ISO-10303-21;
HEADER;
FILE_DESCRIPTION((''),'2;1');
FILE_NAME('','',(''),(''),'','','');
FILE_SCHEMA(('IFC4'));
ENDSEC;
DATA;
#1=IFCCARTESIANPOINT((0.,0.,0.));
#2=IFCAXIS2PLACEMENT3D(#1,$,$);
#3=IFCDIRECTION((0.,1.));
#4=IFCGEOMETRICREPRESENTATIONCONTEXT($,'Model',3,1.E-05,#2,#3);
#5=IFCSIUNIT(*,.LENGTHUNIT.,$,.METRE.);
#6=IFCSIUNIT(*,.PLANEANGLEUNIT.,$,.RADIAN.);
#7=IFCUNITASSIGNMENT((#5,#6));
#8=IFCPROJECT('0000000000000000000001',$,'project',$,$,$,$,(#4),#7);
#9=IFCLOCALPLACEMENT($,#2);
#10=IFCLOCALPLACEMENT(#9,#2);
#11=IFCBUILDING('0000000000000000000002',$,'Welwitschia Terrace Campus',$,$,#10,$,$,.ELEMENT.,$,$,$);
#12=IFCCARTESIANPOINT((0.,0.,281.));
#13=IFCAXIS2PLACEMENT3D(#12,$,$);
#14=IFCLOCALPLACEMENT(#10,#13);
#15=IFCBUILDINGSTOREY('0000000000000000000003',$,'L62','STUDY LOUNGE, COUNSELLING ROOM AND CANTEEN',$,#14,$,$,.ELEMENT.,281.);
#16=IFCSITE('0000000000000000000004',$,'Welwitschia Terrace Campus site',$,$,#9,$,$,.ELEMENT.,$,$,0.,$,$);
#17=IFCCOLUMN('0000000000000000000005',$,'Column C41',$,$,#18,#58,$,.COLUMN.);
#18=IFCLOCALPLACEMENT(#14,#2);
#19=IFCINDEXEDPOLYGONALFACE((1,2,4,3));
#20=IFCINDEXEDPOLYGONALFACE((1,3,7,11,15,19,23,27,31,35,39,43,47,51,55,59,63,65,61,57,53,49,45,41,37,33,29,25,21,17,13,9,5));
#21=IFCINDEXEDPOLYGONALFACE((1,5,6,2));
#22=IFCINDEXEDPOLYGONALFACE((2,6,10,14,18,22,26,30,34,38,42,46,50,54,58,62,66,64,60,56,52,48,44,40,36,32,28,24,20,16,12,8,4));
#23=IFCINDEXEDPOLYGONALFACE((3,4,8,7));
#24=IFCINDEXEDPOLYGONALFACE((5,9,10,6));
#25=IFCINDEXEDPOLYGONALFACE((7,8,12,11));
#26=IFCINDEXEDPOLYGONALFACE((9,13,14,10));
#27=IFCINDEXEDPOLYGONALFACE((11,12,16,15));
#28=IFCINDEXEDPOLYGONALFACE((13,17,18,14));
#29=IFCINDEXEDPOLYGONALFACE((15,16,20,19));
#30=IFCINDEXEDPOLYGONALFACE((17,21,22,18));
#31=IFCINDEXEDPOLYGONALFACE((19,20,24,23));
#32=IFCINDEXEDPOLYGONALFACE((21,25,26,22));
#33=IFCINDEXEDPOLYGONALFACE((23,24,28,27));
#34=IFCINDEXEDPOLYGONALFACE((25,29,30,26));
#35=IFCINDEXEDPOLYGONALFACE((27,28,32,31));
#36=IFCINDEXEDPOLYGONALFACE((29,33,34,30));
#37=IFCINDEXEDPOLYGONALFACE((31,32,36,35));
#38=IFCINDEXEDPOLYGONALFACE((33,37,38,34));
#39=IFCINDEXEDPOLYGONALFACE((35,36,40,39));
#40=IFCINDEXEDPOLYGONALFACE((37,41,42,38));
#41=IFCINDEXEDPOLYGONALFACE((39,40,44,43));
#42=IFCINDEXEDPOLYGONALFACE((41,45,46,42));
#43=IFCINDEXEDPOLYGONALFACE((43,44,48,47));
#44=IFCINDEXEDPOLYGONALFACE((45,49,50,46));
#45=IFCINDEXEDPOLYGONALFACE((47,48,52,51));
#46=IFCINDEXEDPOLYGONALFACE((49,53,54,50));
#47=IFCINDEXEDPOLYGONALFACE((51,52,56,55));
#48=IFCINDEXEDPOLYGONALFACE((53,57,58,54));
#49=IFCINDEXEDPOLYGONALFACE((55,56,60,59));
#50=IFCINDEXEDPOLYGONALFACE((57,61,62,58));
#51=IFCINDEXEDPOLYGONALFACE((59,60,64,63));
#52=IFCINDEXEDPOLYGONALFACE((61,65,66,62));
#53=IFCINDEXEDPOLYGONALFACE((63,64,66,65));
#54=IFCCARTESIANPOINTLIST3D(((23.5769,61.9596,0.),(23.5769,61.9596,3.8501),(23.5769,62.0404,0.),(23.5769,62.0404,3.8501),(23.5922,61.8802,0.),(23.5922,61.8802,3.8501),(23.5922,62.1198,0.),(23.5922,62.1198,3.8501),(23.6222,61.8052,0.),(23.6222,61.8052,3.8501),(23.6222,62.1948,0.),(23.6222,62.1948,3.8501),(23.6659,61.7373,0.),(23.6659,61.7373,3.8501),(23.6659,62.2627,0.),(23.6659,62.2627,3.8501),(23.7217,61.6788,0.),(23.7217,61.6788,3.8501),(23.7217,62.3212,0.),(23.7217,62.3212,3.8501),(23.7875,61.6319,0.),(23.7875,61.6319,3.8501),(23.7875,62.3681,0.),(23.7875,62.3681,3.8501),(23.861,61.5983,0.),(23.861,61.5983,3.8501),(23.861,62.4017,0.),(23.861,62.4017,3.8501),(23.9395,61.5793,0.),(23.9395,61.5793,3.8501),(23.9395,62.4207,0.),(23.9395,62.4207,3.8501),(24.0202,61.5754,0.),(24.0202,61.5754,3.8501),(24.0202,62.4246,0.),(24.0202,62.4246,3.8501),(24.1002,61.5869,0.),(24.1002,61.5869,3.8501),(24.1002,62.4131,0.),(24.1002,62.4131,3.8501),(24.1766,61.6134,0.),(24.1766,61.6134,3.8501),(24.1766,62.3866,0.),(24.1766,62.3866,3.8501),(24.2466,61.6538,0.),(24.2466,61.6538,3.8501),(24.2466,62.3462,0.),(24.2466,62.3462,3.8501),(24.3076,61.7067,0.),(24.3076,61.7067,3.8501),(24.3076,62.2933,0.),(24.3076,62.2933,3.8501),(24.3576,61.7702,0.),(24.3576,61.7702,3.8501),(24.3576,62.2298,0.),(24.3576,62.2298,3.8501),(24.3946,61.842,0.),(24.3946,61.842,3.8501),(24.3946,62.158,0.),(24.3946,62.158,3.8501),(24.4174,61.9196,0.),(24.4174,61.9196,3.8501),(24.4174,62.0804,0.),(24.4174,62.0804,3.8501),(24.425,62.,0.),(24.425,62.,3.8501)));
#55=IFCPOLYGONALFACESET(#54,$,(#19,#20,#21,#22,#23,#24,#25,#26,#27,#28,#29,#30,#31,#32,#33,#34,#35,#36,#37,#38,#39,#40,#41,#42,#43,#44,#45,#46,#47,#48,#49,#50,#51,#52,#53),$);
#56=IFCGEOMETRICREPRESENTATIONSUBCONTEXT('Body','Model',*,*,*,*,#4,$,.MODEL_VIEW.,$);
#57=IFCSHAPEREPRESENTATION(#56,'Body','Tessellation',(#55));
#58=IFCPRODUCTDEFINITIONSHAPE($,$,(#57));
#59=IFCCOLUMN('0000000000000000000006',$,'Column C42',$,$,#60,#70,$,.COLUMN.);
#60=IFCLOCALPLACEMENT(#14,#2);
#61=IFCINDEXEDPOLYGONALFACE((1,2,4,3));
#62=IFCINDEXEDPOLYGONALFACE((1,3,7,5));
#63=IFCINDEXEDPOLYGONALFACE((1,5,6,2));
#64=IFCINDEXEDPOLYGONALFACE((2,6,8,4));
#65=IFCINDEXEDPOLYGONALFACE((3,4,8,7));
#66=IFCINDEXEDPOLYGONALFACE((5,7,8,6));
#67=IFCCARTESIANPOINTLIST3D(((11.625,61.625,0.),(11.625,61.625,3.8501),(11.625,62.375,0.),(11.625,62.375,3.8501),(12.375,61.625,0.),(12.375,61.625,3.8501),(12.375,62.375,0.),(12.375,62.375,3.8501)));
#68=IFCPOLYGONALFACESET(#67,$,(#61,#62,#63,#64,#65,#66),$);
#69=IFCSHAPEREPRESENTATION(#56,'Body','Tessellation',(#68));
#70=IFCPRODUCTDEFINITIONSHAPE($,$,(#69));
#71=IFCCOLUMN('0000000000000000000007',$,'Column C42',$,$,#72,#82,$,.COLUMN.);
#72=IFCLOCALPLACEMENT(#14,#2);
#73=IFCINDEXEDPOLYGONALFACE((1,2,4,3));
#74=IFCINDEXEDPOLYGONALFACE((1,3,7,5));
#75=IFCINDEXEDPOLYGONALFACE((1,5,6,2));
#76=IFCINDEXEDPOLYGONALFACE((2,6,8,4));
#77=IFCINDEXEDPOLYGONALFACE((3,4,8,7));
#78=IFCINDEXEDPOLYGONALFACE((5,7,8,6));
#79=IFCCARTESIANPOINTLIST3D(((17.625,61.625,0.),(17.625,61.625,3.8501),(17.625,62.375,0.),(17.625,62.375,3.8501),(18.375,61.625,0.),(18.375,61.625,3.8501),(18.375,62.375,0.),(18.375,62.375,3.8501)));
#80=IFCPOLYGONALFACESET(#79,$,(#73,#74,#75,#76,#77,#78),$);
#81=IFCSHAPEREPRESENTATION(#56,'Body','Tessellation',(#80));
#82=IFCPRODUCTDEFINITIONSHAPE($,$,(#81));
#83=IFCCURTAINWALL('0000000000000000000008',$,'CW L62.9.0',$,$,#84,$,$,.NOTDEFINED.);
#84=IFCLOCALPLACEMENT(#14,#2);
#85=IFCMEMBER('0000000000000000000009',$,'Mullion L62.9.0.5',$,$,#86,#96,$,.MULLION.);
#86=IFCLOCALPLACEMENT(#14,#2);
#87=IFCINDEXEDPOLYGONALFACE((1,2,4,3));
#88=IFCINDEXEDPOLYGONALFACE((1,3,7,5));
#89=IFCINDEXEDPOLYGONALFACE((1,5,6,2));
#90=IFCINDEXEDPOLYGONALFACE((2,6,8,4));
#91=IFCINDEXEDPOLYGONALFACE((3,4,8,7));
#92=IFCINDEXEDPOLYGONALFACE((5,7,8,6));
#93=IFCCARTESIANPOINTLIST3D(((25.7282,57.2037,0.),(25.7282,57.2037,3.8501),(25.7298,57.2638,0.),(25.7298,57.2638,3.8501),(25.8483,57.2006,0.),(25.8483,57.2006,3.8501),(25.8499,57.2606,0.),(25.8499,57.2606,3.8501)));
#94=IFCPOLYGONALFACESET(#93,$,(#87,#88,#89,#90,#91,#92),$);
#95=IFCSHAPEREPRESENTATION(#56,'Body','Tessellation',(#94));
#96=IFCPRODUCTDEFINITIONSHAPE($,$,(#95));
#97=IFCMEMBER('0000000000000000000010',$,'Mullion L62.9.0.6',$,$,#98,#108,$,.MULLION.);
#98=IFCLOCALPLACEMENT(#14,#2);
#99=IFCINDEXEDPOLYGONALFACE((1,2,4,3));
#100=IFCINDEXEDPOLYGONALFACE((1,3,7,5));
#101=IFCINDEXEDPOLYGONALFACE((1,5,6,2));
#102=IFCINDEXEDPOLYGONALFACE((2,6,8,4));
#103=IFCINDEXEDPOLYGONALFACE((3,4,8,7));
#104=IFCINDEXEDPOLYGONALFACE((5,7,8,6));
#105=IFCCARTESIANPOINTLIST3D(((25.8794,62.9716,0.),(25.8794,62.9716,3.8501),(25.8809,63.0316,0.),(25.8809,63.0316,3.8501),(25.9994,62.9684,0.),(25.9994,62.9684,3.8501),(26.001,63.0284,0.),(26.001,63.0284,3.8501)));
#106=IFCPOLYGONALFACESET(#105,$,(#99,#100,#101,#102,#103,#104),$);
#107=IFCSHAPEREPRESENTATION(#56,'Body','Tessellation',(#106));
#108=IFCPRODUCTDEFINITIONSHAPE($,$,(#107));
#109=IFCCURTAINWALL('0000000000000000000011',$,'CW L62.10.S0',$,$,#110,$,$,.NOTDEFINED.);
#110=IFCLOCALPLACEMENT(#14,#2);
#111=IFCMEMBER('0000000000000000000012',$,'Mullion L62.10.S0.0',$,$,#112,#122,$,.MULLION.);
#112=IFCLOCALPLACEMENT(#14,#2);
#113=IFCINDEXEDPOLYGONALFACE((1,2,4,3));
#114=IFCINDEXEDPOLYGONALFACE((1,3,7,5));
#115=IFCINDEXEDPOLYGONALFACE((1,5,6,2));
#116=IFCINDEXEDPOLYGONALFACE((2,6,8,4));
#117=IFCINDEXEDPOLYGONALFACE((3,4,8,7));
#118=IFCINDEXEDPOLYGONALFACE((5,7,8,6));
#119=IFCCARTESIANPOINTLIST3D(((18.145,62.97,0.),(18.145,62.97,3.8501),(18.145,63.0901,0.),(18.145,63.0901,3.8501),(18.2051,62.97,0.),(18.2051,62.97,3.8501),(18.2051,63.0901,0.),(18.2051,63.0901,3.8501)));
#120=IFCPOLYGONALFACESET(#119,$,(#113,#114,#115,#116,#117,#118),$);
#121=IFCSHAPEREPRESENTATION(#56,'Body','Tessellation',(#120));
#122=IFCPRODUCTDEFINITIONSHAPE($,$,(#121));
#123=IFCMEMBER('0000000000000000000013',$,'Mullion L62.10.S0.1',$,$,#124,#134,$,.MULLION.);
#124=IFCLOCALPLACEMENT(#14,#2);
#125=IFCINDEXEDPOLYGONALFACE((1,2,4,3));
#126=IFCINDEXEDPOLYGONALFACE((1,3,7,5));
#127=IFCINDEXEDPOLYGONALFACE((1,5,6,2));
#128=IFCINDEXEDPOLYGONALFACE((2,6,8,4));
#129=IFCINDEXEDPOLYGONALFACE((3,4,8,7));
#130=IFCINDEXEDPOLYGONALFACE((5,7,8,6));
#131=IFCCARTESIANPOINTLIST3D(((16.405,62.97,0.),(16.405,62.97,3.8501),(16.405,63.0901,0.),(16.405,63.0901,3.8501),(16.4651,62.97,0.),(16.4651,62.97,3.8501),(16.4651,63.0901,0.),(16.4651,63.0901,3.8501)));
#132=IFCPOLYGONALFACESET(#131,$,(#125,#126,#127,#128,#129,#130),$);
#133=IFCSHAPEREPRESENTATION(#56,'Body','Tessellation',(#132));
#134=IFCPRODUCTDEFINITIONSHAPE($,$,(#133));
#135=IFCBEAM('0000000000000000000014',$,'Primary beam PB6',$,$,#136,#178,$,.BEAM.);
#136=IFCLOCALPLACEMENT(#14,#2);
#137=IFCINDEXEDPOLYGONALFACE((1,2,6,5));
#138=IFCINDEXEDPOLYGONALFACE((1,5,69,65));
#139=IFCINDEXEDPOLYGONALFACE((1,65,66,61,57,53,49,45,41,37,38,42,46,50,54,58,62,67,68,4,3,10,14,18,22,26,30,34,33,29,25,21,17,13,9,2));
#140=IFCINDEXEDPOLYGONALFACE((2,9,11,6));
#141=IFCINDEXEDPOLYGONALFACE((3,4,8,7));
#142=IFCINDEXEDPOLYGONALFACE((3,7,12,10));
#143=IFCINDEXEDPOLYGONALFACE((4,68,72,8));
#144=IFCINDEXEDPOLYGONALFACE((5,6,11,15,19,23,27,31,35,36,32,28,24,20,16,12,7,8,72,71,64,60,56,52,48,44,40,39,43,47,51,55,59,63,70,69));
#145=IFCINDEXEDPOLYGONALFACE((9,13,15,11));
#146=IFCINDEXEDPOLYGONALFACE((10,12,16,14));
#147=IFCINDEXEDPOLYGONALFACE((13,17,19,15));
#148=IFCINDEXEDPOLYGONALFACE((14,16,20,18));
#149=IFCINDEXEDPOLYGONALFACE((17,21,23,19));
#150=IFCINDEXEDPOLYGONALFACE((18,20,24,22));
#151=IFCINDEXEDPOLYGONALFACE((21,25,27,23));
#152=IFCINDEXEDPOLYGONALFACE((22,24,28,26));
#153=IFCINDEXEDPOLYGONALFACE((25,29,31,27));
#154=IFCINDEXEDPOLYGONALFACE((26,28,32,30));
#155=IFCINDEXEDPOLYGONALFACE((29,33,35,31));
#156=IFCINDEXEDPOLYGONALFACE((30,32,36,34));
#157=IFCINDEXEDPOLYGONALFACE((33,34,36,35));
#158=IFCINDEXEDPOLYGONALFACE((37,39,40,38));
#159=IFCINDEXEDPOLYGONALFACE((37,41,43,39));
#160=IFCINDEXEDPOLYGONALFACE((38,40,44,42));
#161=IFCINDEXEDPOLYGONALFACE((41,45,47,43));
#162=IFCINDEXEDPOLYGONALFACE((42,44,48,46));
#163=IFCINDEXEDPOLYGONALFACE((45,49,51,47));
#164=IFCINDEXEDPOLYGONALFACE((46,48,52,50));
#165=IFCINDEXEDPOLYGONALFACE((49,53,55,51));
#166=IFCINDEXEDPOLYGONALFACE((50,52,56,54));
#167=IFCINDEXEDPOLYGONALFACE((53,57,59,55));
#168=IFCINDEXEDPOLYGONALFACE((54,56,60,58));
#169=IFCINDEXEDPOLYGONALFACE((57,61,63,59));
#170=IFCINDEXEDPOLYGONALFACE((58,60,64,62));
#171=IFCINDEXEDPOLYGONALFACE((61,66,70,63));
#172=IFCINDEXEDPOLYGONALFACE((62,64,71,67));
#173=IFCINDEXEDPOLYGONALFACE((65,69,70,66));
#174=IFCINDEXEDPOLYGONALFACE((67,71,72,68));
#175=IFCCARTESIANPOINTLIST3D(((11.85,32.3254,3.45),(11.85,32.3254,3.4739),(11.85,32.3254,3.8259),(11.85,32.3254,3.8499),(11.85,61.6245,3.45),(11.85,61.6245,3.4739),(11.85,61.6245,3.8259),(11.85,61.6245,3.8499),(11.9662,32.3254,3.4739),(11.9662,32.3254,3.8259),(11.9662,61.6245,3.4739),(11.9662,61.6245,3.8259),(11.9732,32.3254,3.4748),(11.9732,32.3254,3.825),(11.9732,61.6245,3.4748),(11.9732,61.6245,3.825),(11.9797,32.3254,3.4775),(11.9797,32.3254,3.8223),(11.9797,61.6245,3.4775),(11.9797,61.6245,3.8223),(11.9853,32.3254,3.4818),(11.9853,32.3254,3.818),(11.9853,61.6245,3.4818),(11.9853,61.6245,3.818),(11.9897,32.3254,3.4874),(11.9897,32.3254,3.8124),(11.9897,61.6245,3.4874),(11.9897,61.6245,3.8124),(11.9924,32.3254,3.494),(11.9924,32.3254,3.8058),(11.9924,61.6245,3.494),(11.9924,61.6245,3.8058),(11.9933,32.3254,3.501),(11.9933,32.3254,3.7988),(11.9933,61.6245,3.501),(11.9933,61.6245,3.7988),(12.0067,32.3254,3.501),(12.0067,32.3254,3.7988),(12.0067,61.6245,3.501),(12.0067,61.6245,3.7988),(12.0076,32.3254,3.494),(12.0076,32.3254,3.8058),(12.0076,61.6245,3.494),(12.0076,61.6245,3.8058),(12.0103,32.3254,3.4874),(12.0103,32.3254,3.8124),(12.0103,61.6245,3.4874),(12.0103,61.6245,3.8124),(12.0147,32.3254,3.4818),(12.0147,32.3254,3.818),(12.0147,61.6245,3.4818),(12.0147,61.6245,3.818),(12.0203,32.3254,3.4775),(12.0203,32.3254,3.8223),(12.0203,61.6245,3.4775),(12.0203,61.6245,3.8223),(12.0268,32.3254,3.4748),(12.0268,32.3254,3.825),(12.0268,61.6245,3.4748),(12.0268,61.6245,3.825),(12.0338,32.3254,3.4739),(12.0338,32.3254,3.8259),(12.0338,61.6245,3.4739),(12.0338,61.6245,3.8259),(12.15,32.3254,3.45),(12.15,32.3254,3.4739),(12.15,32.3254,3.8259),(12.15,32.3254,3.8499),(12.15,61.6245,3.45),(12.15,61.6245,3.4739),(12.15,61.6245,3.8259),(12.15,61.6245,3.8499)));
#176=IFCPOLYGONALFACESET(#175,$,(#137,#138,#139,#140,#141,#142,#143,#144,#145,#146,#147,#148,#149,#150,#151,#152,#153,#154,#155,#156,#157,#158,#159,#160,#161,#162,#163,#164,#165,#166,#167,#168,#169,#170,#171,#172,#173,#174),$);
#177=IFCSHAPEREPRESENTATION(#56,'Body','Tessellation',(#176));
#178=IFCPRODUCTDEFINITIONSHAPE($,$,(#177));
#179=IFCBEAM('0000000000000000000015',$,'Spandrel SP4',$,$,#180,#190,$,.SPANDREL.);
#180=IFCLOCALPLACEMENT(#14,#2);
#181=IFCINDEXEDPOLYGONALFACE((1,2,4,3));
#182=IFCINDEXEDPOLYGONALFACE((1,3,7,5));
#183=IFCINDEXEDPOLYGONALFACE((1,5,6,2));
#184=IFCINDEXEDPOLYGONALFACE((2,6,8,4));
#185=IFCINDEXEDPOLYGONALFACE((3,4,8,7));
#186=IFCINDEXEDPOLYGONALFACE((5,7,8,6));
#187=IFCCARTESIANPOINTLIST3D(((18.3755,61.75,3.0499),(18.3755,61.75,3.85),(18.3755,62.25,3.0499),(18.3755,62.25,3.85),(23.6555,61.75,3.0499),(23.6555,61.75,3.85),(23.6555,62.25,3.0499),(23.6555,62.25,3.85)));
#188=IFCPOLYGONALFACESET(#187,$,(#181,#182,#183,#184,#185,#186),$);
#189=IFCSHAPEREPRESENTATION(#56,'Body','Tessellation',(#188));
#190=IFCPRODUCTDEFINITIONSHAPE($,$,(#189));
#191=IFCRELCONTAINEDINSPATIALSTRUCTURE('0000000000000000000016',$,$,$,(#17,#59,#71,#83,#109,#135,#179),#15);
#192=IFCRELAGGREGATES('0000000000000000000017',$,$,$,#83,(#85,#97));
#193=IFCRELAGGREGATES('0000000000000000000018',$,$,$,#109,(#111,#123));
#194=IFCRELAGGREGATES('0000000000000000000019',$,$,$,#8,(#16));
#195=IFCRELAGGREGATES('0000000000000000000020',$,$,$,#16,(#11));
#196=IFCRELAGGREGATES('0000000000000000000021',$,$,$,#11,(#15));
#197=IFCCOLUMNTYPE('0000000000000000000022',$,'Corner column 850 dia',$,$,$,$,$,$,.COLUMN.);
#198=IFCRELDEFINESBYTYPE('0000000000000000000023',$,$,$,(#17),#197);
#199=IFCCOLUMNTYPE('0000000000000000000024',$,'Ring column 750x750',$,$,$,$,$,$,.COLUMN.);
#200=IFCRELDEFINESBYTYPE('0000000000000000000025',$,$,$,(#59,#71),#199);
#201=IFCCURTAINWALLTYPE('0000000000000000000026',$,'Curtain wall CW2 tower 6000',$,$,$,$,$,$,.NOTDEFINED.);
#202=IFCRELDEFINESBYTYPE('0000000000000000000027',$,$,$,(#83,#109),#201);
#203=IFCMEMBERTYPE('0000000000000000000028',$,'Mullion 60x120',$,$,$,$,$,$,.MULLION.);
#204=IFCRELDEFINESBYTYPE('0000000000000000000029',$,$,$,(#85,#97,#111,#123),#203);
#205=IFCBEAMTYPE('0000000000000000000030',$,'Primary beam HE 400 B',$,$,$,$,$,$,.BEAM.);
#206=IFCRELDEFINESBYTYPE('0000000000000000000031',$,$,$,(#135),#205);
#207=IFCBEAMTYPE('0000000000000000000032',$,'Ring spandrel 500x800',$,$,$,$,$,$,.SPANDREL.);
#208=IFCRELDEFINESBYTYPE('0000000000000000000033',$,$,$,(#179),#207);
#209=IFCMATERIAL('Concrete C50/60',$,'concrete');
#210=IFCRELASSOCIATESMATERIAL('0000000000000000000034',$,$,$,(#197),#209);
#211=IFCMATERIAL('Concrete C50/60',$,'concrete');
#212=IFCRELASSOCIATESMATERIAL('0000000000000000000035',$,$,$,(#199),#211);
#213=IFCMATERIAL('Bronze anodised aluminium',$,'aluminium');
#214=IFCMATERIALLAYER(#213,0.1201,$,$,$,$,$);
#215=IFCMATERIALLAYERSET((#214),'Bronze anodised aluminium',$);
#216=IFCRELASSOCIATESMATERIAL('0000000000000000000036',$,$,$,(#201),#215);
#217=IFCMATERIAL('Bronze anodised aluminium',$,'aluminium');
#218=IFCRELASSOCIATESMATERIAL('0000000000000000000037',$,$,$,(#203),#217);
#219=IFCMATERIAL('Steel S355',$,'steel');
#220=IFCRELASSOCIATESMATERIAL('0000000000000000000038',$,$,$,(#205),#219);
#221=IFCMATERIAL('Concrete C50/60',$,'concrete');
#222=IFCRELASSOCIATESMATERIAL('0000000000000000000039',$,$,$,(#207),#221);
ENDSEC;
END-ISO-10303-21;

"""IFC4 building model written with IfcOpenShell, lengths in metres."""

from ifc_helpers import new_model, si_unit, direction, frame, origin, origin_2d, place, context, subcontext, project, spatial, rectangle, circle, i_section, extrude, material, layer, layer_set, material_profile, profile_set, type_object, element, aggregate, save


model = new_model("IFC4")

# Units and contexts
model_context = context("Model", 3, precision=1e-05, world=origin(), true_north=direction((0.0, 1.0)))
body_context = subcontext(model_context, "Body", "Model", "MODEL_VIEW")
ifc_project = project(units=[si_unit("LENGTHUNIT", "METRE"), si_unit("PLANEANGLEUNIT", "RADIAN")], contexts=[model_context])

# Site, building, storey
site_placement = place(None, origin())
site = spatial("IfcSite", under=ifc_project, at=site_placement, Name="Welwitschia Terrace Campus site", CompositionType="ELEMENT", RefElevation=0.0)
building_placement = place(site_placement, origin())
building = spatial("IfcBuilding", under=site, at=building_placement, Name="Welwitschia Terrace Campus", CompositionType="ELEMENT")
storey_placement = place(building_placement, frame((0.0, 0.0, 281.0)))
storey = spatial("IfcBuildingStorey", under=building, at=storey_placement, Name="L62", Description="STUDY LOUNGE, COUNSELLING ROOM AND CANTEEN", CompositionType="ELEMENT", Elevation=281.0)

# Columns
ifc_material_1 = material(Name="Concrete C50/60", Category="concrete")
ifc_material_profile_1 = material_profile(ifc_material_1, circle(Radius=0.425, at=origin_2d()))
ifc_profile_set_1 = profile_set([ifc_material_profile_1], Name="Concrete C50/60")
column_type_1 = type_object("IfcColumnType", Name="Corner column 850 dia", PredefinedType="COLUMN", material=ifc_profile_set_1)
column_placement = place(storey_placement, frame((24.0, 62.0, 0.0), z_axis=(0.0, 0.0, 1.0), x_axis=(1.0, 0.0, 0.0)))
element("IfcColumn", 1, at=column_placement, inside=storey, type_object=column_type_1, Name="Column C41", PredefinedType="COLUMN", context=body_context, shape_type="SweptSolid", body=[
    extrude(circle(Radius=0.425, at=origin_2d()), origin(), (0.0, 0.0, 1.0), 3.8501),
])
ifc_material_2 = material(Name="Concrete C50/60", Category="concrete")
ifc_material_profile_2 = material_profile(ifc_material_2, rectangle(XDim=0.75, YDim=0.75, at=origin_2d()))
ifc_profile_set_2 = profile_set([ifc_material_profile_2], Name="Concrete C50/60")
column_type_2 = type_object("IfcColumnType", Name="Ring column 750x750", PredefinedType="COLUMN", material=ifc_profile_set_2)
for number, where, z_axis, x_axis, name in (
    (2, (12.0, 62.0, 0.0), (0.0, 0.0, 1.0), (1.0, 0.0, 0.0), "Column C42"),
    (3, (18.0, 62.0, 0.0), (0.0, 0.0, 1.0), (1.0, 0.0, 0.0), "Column C42"),
):
    element("IfcColumn", number, at=place(storey_placement, frame(where, z_axis=z_axis, x_axis=x_axis)), inside=storey, type_object=column_type_2, Name=name, PredefinedType="COLUMN", context=body_context, shape_type="SweptSolid", body=[
        extrude(rectangle(XDim=0.75, YDim=0.75, at=origin_2d()), origin(), (0.0, 0.0, 1.0), 3.8501),
    ])

# Curtain walls, members
ifc_material_3 = material(Name="Bronze anodised aluminium", Category="aluminium")
ifc_layer_1 = layer(ifc_material_3, 0.1201)
ifc_layer_set_1 = layer_set([ifc_layer_1], Name="Bronze anodised aluminium")
curtain_wall_type = type_object("IfcCurtainWallType", Name="Curtain wall CW2 tower 6000", PredefinedType="NOTDEFINED", material=ifc_layer_set_1)
curtain_wall_1_placement = place(storey_placement, origin())
curtain_wall_1 = element("IfcCurtainWall", 4, at=curtain_wall_1_placement, inside=storey, type_object=curtain_wall_type, Name="CW L62.9.0", PredefinedType="NOTDEFINED")
ifc_material_4 = material(Name="Bronze anodised aluminium", Category="aluminium")
ifc_material_profile_3 = material_profile(ifc_material_4, rectangle(XDim=0.1201, YDim=0.0601, at=origin_2d()))
ifc_profile_set_3 = profile_set([ifc_material_profile_3], Name="Bronze anodised aluminium")
member_type_1 = type_object("IfcMemberType", Name="Mullion 60x120", PredefinedType="MULLION", material=ifc_profile_set_3)
member_1_placement = place(storey_placement, frame((25.7891, 57.2322, 0.0), z_axis=(0.0, 0.0, 1.0), x_axis=(-0.999657, 0.026177, 0.0)))
member_1 = element("IfcMember", 5, at=member_1_placement, type_object=member_type_1, Name="Mullion L62.9.0.5", PredefinedType="MULLION", context=body_context, shape_type="SweptSolid", body=[
    extrude(rectangle(XDim=0.1201, YDim=0.0601, at=origin_2d()), origin(), (0.0, 0.0, 1.0), 3.8501),
])
member_2_placement = place(storey_placement, frame((25.9402, 63.0, 0.0), z_axis=(0.0, 0.0, 1.0), x_axis=(-0.999657, 0.026177, 0.0)))
member_2 = element("IfcMember", 6, at=member_2_placement, type_object=member_type_1, Name="Mullion L62.9.0.6", PredefinedType="MULLION", context=body_context, shape_type="SweptSolid", body=[
    extrude(rectangle(XDim=0.1201, YDim=0.0601, at=origin_2d()), origin(), (0.0, 0.0, 1.0), 3.8501),
])
curtain_wall_2_placement = place(storey_placement, origin())
curtain_wall_2 = element("IfcCurtainWall", 7, at=curtain_wall_2_placement, inside=storey, type_object=curtain_wall_type, Name="CW L62.10.S0", PredefinedType="NOTDEFINED")
member_3_placement = place(storey_placement, frame((18.175, 63.03, 0.0), z_axis=(0.0, 0.0, 1.0), x_axis=(0.0, -1.0, 0.0)))
member_3 = element("IfcMember", 8, at=member_3_placement, type_object=member_type_1, Name="Mullion L62.10.S0.0", PredefinedType="MULLION", context=body_context, shape_type="SweptSolid", body=[
    extrude(rectangle(XDim=0.1201, YDim=0.0601, at=origin_2d()), origin(), (0.0, 0.0, 1.0), 3.8501),
])
member_4_placement = place(storey_placement, frame((16.4351, 63.03, 0.0), z_axis=(0.0, 0.0, 1.0), x_axis=(0.0, -1.0, 0.0)))
member_4 = element("IfcMember", 9, at=member_4_placement, type_object=member_type_1, Name="Mullion L62.10.S0.1", PredefinedType="MULLION", context=body_context, shape_type="SweptSolid", body=[
    extrude(rectangle(XDim=0.1201, YDim=0.0601, at=origin_2d()), origin(), (0.0, 0.0, 1.0), 3.8501),
])

# Beams
ifc_material_5 = material(Name="Steel S355", Category="steel")
ifc_material_profile_4 = material_profile(ifc_material_5, i_section(OverallWidth=0.3, OverallDepth=0.3999, WebThickness=0.0134, FlangeThickness=0.0239, FilletRadius=0.0271, at=origin_2d()))
ifc_profile_set_4 = profile_set([ifc_material_profile_4], Name="Steel S355")
beam_type_1 = type_object("IfcBeamType", Name="Primary beam HE 400 B", PredefinedType="BEAM", material=ifc_profile_set_4)
beam_1_placement = place(storey_placement, frame((12.0, 61.6245, 3.6499), z_axis=(0.0, -1.0, 0.0), x_axis=(1.0, 0.0, 0.0)))
element("IfcBeam", 10, at=beam_1_placement, inside=storey, type_object=beam_type_1, Name="Primary beam PB6", PredefinedType="BEAM", context=body_context, shape_type="SweptSolid", body=[
    extrude(i_section(OverallWidth=0.3, OverallDepth=0.3999, WebThickness=0.0134, FlangeThickness=0.0239, FilletRadius=0.0271, at=origin_2d()), origin(), (0.0, 0.0, 1.0), 29.2991),
])
ifc_material_6 = material(Name="Concrete C50/60", Category="concrete")
ifc_material_profile_5 = material_profile(ifc_material_6, rectangle(XDim=0.5, YDim=0.8, at=origin_2d()))
ifc_profile_set_5 = profile_set([ifc_material_profile_5], Name="Concrete C50/60")
beam_type_2 = type_object("IfcBeamType", Name="Ring spandrel 500x800", PredefinedType="SPANDREL", material=ifc_profile_set_5)
beam_2_placement = place(storey_placement, frame((23.6555, 62.0, 3.45), z_axis=(-1.0, 0.0, 0.0), x_axis=(0.0, -1.0, 0.0)))
element("IfcBeam", 11, at=beam_2_placement, inside=storey, type_object=beam_type_2, Name="Spandrel SP4", PredefinedType="SPANDREL", context=body_context, shape_type="SweptSolid", body=[
    extrude(rectangle(XDim=0.5, YDim=0.8, at=origin_2d()), origin(), (0.0, 0.0, 1.0), 5.28),
])

aggregate(curtain_wall_1, [member_1, member_2])
aggregate(curtain_wall_2, [member_3, member_4])

save(model, "model.ifc")
